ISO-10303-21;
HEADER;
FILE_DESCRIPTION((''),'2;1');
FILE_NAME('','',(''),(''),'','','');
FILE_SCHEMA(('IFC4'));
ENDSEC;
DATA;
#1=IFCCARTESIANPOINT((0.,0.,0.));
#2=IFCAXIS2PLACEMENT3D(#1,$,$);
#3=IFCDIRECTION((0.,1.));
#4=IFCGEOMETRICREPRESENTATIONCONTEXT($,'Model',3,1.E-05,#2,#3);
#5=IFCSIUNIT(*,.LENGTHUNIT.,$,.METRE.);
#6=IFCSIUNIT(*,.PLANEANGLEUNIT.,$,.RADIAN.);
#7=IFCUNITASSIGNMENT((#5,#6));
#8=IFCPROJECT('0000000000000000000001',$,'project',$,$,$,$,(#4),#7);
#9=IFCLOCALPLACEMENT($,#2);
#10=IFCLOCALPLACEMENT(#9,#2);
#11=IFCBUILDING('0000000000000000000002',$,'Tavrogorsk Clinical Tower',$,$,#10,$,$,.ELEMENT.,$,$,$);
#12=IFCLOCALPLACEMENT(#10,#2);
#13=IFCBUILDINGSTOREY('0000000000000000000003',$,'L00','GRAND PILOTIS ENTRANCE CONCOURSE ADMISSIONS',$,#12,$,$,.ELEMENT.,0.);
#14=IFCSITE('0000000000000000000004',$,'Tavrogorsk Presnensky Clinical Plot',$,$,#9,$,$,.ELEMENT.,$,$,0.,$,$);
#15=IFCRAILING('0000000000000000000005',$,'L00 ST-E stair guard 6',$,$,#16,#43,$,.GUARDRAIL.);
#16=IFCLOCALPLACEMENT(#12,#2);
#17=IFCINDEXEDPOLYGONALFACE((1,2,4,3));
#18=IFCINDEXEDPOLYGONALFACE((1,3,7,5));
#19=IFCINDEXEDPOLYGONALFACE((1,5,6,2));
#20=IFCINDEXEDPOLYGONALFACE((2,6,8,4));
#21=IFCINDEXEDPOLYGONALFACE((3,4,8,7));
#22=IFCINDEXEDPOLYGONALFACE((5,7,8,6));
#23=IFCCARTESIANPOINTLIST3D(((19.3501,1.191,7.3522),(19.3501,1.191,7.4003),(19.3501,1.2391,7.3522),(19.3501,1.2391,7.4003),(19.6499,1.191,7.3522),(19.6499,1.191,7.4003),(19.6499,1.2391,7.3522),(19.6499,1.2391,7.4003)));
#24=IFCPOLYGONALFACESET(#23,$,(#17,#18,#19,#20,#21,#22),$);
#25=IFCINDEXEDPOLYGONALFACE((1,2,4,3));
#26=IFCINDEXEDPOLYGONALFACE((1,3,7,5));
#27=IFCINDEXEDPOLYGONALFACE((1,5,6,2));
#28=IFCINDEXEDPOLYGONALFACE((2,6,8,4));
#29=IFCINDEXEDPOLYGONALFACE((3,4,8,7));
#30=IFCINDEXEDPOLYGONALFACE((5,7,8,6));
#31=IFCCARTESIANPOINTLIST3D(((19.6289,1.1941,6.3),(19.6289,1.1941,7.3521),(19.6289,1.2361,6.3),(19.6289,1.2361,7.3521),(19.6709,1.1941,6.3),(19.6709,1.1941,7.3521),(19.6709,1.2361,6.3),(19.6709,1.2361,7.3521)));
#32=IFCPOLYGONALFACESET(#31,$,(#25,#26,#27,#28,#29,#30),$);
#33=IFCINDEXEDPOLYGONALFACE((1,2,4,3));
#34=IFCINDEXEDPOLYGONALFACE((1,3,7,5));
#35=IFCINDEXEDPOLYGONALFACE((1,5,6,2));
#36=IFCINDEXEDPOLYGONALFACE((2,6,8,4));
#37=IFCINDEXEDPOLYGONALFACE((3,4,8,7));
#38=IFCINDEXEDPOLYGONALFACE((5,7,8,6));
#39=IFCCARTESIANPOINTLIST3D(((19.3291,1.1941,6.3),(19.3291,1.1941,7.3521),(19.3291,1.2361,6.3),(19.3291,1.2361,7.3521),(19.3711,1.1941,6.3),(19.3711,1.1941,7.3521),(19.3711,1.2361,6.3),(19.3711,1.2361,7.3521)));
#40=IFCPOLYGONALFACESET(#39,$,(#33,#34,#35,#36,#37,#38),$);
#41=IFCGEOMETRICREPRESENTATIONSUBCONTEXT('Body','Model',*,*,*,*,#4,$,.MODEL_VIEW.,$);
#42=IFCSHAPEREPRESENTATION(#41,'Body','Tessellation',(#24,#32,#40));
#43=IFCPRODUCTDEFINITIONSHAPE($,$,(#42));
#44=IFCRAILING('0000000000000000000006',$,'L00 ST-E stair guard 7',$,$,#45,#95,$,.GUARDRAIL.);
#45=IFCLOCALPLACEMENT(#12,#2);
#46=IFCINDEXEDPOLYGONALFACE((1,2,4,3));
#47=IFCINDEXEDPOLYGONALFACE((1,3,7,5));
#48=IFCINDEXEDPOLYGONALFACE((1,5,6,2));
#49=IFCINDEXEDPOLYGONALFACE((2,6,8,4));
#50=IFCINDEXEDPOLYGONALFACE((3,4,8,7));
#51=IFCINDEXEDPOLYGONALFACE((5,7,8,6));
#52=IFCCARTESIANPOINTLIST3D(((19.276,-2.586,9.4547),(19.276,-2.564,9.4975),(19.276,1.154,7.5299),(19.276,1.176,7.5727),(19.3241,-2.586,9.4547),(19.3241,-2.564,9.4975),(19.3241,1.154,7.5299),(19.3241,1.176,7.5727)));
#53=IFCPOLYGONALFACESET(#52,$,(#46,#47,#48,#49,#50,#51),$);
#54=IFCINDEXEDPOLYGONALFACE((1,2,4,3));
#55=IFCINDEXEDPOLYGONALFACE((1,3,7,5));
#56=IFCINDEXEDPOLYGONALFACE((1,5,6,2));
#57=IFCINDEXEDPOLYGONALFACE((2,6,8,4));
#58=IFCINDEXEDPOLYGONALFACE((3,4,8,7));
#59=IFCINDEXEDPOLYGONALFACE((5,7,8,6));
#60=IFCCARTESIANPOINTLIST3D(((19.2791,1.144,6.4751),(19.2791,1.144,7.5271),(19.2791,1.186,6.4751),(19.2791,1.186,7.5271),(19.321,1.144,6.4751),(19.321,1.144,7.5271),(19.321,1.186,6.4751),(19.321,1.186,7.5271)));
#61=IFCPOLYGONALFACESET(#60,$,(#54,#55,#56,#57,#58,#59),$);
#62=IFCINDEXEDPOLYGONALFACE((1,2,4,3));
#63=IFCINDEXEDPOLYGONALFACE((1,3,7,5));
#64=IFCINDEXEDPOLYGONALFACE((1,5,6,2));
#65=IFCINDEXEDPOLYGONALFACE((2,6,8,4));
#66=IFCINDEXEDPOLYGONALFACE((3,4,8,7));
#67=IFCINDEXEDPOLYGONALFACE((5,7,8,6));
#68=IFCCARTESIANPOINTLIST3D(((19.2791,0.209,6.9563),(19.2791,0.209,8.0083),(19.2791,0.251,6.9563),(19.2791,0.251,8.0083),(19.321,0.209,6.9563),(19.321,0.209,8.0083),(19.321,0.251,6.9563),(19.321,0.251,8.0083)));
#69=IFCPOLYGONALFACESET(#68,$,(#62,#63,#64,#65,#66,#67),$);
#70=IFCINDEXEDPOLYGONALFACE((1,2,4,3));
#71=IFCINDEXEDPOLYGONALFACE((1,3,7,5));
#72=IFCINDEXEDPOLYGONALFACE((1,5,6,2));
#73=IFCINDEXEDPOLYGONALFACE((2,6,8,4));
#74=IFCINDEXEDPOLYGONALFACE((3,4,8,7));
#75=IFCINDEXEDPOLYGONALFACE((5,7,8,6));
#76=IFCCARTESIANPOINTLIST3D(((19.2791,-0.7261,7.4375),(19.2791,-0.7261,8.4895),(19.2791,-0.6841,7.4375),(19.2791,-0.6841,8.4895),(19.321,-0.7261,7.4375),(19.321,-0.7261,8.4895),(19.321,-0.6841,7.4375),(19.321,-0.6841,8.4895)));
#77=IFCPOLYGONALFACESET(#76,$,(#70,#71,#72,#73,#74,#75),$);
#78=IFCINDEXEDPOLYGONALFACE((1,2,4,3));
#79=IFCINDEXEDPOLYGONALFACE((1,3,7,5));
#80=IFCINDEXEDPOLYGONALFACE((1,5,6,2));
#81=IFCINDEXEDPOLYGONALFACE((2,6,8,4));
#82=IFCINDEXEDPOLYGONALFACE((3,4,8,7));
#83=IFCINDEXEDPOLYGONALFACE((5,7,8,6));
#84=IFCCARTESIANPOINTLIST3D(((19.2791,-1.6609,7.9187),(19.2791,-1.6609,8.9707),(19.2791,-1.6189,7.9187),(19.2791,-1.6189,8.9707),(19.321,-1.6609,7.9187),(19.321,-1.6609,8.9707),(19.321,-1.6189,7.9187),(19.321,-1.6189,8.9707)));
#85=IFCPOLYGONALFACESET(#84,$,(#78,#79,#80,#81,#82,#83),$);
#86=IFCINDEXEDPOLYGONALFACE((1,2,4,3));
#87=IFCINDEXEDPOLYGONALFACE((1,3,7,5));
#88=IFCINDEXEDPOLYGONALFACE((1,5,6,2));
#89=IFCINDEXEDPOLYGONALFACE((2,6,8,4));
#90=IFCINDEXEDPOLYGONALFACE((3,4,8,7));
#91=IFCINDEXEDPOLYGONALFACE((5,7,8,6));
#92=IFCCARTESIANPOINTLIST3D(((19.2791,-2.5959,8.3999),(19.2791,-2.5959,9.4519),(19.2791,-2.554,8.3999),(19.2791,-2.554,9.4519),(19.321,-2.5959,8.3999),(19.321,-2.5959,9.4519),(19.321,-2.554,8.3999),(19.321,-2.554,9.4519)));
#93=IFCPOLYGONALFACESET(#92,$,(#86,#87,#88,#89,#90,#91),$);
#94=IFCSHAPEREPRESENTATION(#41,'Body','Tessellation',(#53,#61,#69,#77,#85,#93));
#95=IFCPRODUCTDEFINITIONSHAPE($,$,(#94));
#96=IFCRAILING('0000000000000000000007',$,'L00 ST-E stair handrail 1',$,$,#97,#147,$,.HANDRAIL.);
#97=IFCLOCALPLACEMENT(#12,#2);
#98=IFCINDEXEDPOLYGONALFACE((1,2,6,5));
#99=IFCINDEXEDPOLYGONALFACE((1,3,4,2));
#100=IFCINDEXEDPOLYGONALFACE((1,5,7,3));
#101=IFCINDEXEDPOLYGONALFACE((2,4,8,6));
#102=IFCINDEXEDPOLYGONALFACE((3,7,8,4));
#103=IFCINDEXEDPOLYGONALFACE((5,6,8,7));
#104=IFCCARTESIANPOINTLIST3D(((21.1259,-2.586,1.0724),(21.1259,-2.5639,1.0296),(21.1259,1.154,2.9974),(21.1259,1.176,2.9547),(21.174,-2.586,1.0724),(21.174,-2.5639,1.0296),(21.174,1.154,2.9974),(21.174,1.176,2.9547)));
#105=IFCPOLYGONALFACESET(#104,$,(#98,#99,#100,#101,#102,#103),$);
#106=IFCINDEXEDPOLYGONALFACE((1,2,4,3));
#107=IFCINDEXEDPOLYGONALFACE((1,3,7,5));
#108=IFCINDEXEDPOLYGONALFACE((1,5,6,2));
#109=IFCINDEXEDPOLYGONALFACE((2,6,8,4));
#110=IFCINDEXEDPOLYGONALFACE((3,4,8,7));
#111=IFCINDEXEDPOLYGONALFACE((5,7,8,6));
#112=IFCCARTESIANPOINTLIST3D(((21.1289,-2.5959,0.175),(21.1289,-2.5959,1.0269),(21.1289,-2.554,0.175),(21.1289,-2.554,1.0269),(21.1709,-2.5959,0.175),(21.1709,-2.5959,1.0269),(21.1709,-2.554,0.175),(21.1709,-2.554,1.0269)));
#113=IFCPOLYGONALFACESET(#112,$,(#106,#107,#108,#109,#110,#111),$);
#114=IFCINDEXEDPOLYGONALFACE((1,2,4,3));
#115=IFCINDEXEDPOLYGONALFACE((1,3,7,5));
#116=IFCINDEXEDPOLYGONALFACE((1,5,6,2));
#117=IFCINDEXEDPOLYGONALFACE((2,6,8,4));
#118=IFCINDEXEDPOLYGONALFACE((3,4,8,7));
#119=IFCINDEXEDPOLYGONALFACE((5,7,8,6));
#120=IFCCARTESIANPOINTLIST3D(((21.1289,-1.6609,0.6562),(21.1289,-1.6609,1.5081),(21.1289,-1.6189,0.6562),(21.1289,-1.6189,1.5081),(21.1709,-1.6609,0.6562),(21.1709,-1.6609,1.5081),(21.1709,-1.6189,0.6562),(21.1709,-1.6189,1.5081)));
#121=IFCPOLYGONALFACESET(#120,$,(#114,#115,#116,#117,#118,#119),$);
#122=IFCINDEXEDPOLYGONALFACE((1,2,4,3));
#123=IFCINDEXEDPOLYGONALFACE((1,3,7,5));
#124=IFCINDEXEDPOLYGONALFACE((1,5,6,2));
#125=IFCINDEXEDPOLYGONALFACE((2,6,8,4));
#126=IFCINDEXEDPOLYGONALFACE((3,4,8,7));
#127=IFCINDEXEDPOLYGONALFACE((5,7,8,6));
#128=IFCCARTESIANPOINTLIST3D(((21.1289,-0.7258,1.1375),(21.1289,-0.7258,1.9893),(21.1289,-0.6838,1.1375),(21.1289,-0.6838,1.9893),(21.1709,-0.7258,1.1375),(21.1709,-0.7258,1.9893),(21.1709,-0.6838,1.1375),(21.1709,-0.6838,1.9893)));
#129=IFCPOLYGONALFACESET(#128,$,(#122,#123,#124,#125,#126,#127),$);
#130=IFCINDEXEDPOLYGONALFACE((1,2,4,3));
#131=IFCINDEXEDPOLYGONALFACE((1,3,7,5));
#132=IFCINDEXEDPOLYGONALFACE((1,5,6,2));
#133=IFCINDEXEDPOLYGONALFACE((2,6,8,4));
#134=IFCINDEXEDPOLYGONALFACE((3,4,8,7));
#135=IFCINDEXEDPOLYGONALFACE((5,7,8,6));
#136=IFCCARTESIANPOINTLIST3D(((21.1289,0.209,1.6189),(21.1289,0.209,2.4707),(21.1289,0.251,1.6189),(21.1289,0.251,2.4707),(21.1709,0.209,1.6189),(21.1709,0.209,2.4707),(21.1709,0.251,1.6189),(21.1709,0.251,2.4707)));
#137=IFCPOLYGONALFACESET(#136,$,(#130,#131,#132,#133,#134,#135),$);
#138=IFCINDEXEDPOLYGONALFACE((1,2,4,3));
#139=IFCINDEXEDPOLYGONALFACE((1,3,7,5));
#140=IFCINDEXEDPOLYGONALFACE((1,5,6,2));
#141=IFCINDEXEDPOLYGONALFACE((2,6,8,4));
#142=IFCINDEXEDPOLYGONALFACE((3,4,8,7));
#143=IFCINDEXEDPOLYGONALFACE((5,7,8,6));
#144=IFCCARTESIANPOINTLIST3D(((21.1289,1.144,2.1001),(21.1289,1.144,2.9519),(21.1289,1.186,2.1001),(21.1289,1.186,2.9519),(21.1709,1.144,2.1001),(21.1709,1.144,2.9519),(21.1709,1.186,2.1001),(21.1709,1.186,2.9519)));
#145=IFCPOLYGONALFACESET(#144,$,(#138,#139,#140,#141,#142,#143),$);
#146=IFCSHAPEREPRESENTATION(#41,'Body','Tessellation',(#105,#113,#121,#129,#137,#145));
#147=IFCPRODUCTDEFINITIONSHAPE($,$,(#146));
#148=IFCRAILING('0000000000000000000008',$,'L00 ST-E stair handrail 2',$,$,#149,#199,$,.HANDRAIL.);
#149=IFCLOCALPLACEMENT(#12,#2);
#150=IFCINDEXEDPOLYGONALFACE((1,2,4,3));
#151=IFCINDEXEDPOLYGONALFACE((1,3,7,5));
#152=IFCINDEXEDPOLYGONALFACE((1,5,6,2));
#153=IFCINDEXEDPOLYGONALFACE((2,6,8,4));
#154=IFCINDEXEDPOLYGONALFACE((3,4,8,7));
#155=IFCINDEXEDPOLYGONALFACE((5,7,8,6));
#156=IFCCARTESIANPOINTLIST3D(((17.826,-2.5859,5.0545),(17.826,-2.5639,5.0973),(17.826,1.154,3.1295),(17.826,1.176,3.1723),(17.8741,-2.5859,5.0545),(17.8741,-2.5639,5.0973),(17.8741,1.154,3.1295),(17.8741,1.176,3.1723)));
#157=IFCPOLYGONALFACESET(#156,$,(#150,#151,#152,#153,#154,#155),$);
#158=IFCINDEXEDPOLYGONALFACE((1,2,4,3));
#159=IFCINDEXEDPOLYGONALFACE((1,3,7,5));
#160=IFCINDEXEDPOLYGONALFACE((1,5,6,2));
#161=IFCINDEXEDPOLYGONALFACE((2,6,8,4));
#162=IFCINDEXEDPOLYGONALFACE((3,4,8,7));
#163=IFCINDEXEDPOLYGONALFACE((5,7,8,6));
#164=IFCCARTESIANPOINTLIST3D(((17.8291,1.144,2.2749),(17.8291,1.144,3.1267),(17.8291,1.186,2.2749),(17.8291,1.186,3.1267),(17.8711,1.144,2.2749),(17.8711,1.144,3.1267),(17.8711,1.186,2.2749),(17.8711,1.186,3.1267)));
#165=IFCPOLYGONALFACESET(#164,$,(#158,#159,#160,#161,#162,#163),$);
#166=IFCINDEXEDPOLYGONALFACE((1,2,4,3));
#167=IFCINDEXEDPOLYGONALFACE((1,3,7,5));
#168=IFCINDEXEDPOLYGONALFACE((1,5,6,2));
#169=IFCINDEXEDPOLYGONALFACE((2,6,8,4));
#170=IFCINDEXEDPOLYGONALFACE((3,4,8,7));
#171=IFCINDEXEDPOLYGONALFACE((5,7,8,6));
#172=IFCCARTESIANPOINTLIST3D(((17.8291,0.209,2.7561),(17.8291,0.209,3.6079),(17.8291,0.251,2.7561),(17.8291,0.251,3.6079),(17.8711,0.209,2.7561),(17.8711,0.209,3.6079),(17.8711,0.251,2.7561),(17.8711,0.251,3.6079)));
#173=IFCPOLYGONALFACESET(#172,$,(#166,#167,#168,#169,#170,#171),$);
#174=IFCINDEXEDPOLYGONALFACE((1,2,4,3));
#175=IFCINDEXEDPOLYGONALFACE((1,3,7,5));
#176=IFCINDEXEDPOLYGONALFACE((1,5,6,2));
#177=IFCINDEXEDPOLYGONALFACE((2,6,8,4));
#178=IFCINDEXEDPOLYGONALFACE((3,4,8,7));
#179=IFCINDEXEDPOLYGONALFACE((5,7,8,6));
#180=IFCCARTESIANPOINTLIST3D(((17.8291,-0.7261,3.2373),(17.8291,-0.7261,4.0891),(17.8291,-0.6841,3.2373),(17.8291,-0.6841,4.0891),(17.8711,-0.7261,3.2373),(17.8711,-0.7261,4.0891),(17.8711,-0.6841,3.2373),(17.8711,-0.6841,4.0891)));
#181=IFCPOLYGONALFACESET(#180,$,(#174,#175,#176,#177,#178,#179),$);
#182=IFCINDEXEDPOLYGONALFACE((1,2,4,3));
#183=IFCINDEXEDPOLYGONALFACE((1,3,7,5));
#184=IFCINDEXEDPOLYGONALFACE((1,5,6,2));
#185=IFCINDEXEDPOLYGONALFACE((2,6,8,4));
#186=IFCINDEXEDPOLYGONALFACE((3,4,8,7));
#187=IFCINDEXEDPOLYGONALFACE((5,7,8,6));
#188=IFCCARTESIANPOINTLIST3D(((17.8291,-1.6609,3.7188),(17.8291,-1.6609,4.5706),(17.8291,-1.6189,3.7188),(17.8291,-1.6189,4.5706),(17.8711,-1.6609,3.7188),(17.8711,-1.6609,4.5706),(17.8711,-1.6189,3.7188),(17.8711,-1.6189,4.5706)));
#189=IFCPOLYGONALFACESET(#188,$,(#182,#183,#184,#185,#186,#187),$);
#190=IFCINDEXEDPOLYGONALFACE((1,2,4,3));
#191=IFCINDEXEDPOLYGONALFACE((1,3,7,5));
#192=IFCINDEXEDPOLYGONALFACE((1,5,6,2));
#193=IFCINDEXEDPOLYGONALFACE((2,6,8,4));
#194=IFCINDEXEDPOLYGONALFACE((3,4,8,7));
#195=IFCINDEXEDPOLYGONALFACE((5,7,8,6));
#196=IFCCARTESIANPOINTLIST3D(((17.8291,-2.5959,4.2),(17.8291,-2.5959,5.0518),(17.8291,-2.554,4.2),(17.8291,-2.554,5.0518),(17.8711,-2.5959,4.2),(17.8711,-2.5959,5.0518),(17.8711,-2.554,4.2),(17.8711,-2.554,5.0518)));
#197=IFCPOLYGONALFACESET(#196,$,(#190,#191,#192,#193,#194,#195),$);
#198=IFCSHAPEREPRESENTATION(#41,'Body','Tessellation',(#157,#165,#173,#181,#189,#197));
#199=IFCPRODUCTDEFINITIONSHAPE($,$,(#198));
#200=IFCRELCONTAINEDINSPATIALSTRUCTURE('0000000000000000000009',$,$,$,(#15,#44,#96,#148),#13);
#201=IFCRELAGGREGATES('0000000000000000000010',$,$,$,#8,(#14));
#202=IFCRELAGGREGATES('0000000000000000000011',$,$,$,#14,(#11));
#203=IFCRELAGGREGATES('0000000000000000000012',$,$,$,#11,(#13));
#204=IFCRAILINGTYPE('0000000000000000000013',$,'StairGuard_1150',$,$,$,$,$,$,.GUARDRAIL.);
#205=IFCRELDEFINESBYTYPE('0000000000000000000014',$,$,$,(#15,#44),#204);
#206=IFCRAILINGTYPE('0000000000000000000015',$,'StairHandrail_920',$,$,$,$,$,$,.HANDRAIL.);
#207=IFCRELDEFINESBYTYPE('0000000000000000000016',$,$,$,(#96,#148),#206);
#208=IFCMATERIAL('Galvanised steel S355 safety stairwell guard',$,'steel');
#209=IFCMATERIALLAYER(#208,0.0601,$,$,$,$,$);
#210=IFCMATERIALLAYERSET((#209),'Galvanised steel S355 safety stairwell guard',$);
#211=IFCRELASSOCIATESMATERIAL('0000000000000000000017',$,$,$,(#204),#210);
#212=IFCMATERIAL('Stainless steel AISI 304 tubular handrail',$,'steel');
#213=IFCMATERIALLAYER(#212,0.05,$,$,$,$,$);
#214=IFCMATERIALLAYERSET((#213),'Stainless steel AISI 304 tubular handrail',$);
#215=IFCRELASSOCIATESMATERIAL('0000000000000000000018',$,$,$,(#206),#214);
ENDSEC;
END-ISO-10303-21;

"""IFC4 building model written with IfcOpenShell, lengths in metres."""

from ifc_helpers import new_model, si_unit, direction, frame, origin, origin_2d, place, context, subcontext, project, spatial, rectangle, extrude, material, layer, layer_set, type_object, element, save


model = new_model("IFC4")

# Units and contexts
model_context = context("Model", 3, precision=1e-05, world=origin(), true_north=direction((0.0, 1.0)))
body_context = subcontext(model_context, "Body", "Model", "MODEL_VIEW")
ifc_project = project(units=[si_unit("LENGTHUNIT", "METRE"), si_unit("PLANEANGLEUNIT", "RADIAN")], contexts=[model_context])

# Site, building, storey
site_placement = place(None, origin())
site = spatial("IfcSite", under=ifc_project, at=site_placement, Name="Tavrogorsk Presnensky Clinical Plot", CompositionType="ELEMENT", RefElevation=0.0)
building_placement = place(site_placement, origin())
building = spatial("IfcBuilding", under=site, at=building_placement, Name="Tavrogorsk Clinical Tower", CompositionType="ELEMENT")
storey_placement = place(building_placement, origin())
storey = spatial("IfcBuildingStorey", under=building, at=storey_placement, Name="L00", Description="GRAND PILOTIS ENTRANCE CONCOURSE ADMISSIONS", CompositionType="ELEMENT", Elevation=0.0)

# Railings
ifc_material_1 = material(Name="Galvanised steel S355 safety stairwell guard", Category="steel")
ifc_layer_1 = layer(ifc_material_1, 0.0601)
ifc_layer_set_1 = layer_set([ifc_layer_1], Name="Galvanised steel S355 safety stairwell guard")
railing_type_1 = type_object("IfcRailingType", Name="StairGuard_1150", PredefinedType="GUARDRAIL", material=ifc_layer_set_1)
railing_1_placement = place(storey_placement, frame((19.6499, 1.2151, 6.3)))
element("IfcRailing", 1, at=railing_1_placement, inside=storey, type_object=railing_type_1, Name="L00 ST-E stair guard 6", PredefinedType="GUARDRAIL", context=body_context, shape_type="SweptSolid", body=[
    extrude(rectangle(XDim=0.0481, YDim=0.0481, at=origin_2d()), frame((0.0, 0.0, 1.0762), z_axis=(-1.0, 0.0, 0.0), x_axis=(0.0, -1.0, 0.0)), (0.0, 0.0, 1.0), 0.2998),
    extrude(rectangle(XDim=0.042, YDim=0.042, at=origin_2d()), origin(), (0.0, 0.0, 1.0), 1.052),
    extrude(rectangle(XDim=0.042, YDim=0.042, at=origin_2d()), frame((-0.2998, 0.0, 0.0)), (0.0, 0.0, 1.0), 1.052),
])
railing_2_placement = place(storey_placement, frame((19.3, 1.165, 6.4751)))
element("IfcRailing", 2, at=railing_2_placement, inside=storey, type_object=railing_type_1, Name="L00 ST-E stair guard 7", PredefinedType="GUARDRAIL", context=body_context, shape_type="SweptSolid", body=[
    extrude(rectangle(XDim=0.0481, YDim=0.0481, at=origin_2d()), frame((0.0, 0.0, 1.0762), z_axis=(0.0, -0.889154, 0.457608), x_axis=(1.0, 0.0, 0.0)), (0.0, 0.0, 1.0), 4.2063),
    extrude(rectangle(XDim=0.042, YDim=0.042, at=origin_2d()), origin(), (0.0, 0.0, 1.0), 1.052),
    extrude(rectangle(XDim=0.042, YDim=0.042, at=origin_2d()), frame((0.0, -0.9351, 0.4812)), (0.0, 0.0, 1.0), 1.052),
    extrude(rectangle(XDim=0.042, YDim=0.042, at=origin_2d()), frame((0.0, -1.8701, 0.9624)), (0.0, 0.0, 1.0), 1.052),
    extrude(rectangle(XDim=0.042, YDim=0.042, at=origin_2d()), frame((0.0, -2.8049, 1.4436)), (0.0, 0.0, 1.0), 1.052),
    extrude(rectangle(XDim=0.042, YDim=0.042, at=origin_2d()), frame((0.0, -3.74, 1.9248)), (0.0, 0.0, 1.0), 1.052),
])
ifc_material_2 = material(Name="Stainless steel AISI 304 tubular handrail", Category="steel")
ifc_layer_2 = layer(ifc_material_2, 0.05)
ifc_layer_set_2 = layer_set([ifc_layer_2], Name="Stainless steel AISI 304 tubular handrail")
railing_type_2 = type_object("IfcRailingType", Name="StairHandrail_920", PredefinedType="HANDRAIL", material=ifc_layer_set_2)
railing_3_placement = place(storey_placement, frame((21.1499, -2.575, 0.175)))
element("IfcRailing", 3, at=railing_3_placement, inside=storey, type_object=railing_type_2, Name="L00 ST-E stair handrail 1", PredefinedType="HANDRAIL", context=body_context, shape_type="SweptSolid", body=[
    extrude(rectangle(XDim=0.0481, YDim=0.0481, at=origin_2d()), frame((0.0, 0.0, 0.876), z_axis=(0.0, 0.889131, 0.457654), x_axis=(-1.0, 0.0, 0.0)), (0.0, 0.0, 1.0), 4.2063),
    extrude(rectangle(XDim=0.042, YDim=0.042, at=origin_2d()), origin(), (0.0, 0.0, 1.0), 0.8518),
    extrude(rectangle(XDim=0.042, YDim=0.042, at=origin_2d()), frame((0.0, 0.9351, 0.4812)), (0.0, 0.0, 1.0), 0.8518),
    extrude(rectangle(XDim=0.042, YDim=0.042, at=origin_2d()), frame((0.0, 1.8701, 0.9624)), (0.0, 0.0, 1.0), 0.8518),
    extrude(rectangle(XDim=0.042, YDim=0.042, at=origin_2d()), frame((0.0, 2.8049, 1.4438)), (0.0, 0.0, 1.0), 0.8518),
    extrude(rectangle(XDim=0.042, YDim=0.042, at=origin_2d()), frame((0.0, 3.74, 1.925)), (0.0, 0.0, 1.0), 0.8518),
])
railing_4_placement = place(storey_placement, frame((17.8501, 1.165, 2.2749)))
element("IfcRailing", 4, at=railing_4_placement, inside=storey, type_object=railing_type_2, Name="L00 ST-E stair handrail 2", PredefinedType="HANDRAIL", context=body_context, shape_type="SweptSolid", body=[
    extrude(rectangle(XDim=0.0481, YDim=0.0481, at=origin_2d()), frame((0.0, 0.0, 0.876), z_axis=(0.0, -0.889131, 0.457654), x_axis=(1.0, 0.0, 0.0)), (0.0, 0.0, 1.0), 4.2063),
    extrude(rectangle(XDim=0.042, YDim=0.042, at=origin_2d()), origin(), (0.0, 0.0, 1.0), 0.8518),
    extrude(rectangle(XDim=0.042, YDim=0.042, at=origin_2d()), frame((0.0, -0.9351, 0.4812)), (0.0, 0.0, 1.0), 0.8518),
    extrude(rectangle(XDim=0.042, YDim=0.042, at=origin_2d()), frame((0.0, -1.8701, 0.9624)), (0.0, 0.0, 1.0), 0.8518),
    extrude(rectangle(XDim=0.042, YDim=0.042, at=origin_2d()), frame((0.0, -2.8049, 1.4438)), (0.0, 0.0, 1.0), 0.8518),
    extrude(rectangle(XDim=0.042, YDim=0.042, at=origin_2d()), frame((0.0, -3.74, 1.925)), (0.0, 0.0, 1.0), 0.8518),
])

save(model, "model.ifc")
